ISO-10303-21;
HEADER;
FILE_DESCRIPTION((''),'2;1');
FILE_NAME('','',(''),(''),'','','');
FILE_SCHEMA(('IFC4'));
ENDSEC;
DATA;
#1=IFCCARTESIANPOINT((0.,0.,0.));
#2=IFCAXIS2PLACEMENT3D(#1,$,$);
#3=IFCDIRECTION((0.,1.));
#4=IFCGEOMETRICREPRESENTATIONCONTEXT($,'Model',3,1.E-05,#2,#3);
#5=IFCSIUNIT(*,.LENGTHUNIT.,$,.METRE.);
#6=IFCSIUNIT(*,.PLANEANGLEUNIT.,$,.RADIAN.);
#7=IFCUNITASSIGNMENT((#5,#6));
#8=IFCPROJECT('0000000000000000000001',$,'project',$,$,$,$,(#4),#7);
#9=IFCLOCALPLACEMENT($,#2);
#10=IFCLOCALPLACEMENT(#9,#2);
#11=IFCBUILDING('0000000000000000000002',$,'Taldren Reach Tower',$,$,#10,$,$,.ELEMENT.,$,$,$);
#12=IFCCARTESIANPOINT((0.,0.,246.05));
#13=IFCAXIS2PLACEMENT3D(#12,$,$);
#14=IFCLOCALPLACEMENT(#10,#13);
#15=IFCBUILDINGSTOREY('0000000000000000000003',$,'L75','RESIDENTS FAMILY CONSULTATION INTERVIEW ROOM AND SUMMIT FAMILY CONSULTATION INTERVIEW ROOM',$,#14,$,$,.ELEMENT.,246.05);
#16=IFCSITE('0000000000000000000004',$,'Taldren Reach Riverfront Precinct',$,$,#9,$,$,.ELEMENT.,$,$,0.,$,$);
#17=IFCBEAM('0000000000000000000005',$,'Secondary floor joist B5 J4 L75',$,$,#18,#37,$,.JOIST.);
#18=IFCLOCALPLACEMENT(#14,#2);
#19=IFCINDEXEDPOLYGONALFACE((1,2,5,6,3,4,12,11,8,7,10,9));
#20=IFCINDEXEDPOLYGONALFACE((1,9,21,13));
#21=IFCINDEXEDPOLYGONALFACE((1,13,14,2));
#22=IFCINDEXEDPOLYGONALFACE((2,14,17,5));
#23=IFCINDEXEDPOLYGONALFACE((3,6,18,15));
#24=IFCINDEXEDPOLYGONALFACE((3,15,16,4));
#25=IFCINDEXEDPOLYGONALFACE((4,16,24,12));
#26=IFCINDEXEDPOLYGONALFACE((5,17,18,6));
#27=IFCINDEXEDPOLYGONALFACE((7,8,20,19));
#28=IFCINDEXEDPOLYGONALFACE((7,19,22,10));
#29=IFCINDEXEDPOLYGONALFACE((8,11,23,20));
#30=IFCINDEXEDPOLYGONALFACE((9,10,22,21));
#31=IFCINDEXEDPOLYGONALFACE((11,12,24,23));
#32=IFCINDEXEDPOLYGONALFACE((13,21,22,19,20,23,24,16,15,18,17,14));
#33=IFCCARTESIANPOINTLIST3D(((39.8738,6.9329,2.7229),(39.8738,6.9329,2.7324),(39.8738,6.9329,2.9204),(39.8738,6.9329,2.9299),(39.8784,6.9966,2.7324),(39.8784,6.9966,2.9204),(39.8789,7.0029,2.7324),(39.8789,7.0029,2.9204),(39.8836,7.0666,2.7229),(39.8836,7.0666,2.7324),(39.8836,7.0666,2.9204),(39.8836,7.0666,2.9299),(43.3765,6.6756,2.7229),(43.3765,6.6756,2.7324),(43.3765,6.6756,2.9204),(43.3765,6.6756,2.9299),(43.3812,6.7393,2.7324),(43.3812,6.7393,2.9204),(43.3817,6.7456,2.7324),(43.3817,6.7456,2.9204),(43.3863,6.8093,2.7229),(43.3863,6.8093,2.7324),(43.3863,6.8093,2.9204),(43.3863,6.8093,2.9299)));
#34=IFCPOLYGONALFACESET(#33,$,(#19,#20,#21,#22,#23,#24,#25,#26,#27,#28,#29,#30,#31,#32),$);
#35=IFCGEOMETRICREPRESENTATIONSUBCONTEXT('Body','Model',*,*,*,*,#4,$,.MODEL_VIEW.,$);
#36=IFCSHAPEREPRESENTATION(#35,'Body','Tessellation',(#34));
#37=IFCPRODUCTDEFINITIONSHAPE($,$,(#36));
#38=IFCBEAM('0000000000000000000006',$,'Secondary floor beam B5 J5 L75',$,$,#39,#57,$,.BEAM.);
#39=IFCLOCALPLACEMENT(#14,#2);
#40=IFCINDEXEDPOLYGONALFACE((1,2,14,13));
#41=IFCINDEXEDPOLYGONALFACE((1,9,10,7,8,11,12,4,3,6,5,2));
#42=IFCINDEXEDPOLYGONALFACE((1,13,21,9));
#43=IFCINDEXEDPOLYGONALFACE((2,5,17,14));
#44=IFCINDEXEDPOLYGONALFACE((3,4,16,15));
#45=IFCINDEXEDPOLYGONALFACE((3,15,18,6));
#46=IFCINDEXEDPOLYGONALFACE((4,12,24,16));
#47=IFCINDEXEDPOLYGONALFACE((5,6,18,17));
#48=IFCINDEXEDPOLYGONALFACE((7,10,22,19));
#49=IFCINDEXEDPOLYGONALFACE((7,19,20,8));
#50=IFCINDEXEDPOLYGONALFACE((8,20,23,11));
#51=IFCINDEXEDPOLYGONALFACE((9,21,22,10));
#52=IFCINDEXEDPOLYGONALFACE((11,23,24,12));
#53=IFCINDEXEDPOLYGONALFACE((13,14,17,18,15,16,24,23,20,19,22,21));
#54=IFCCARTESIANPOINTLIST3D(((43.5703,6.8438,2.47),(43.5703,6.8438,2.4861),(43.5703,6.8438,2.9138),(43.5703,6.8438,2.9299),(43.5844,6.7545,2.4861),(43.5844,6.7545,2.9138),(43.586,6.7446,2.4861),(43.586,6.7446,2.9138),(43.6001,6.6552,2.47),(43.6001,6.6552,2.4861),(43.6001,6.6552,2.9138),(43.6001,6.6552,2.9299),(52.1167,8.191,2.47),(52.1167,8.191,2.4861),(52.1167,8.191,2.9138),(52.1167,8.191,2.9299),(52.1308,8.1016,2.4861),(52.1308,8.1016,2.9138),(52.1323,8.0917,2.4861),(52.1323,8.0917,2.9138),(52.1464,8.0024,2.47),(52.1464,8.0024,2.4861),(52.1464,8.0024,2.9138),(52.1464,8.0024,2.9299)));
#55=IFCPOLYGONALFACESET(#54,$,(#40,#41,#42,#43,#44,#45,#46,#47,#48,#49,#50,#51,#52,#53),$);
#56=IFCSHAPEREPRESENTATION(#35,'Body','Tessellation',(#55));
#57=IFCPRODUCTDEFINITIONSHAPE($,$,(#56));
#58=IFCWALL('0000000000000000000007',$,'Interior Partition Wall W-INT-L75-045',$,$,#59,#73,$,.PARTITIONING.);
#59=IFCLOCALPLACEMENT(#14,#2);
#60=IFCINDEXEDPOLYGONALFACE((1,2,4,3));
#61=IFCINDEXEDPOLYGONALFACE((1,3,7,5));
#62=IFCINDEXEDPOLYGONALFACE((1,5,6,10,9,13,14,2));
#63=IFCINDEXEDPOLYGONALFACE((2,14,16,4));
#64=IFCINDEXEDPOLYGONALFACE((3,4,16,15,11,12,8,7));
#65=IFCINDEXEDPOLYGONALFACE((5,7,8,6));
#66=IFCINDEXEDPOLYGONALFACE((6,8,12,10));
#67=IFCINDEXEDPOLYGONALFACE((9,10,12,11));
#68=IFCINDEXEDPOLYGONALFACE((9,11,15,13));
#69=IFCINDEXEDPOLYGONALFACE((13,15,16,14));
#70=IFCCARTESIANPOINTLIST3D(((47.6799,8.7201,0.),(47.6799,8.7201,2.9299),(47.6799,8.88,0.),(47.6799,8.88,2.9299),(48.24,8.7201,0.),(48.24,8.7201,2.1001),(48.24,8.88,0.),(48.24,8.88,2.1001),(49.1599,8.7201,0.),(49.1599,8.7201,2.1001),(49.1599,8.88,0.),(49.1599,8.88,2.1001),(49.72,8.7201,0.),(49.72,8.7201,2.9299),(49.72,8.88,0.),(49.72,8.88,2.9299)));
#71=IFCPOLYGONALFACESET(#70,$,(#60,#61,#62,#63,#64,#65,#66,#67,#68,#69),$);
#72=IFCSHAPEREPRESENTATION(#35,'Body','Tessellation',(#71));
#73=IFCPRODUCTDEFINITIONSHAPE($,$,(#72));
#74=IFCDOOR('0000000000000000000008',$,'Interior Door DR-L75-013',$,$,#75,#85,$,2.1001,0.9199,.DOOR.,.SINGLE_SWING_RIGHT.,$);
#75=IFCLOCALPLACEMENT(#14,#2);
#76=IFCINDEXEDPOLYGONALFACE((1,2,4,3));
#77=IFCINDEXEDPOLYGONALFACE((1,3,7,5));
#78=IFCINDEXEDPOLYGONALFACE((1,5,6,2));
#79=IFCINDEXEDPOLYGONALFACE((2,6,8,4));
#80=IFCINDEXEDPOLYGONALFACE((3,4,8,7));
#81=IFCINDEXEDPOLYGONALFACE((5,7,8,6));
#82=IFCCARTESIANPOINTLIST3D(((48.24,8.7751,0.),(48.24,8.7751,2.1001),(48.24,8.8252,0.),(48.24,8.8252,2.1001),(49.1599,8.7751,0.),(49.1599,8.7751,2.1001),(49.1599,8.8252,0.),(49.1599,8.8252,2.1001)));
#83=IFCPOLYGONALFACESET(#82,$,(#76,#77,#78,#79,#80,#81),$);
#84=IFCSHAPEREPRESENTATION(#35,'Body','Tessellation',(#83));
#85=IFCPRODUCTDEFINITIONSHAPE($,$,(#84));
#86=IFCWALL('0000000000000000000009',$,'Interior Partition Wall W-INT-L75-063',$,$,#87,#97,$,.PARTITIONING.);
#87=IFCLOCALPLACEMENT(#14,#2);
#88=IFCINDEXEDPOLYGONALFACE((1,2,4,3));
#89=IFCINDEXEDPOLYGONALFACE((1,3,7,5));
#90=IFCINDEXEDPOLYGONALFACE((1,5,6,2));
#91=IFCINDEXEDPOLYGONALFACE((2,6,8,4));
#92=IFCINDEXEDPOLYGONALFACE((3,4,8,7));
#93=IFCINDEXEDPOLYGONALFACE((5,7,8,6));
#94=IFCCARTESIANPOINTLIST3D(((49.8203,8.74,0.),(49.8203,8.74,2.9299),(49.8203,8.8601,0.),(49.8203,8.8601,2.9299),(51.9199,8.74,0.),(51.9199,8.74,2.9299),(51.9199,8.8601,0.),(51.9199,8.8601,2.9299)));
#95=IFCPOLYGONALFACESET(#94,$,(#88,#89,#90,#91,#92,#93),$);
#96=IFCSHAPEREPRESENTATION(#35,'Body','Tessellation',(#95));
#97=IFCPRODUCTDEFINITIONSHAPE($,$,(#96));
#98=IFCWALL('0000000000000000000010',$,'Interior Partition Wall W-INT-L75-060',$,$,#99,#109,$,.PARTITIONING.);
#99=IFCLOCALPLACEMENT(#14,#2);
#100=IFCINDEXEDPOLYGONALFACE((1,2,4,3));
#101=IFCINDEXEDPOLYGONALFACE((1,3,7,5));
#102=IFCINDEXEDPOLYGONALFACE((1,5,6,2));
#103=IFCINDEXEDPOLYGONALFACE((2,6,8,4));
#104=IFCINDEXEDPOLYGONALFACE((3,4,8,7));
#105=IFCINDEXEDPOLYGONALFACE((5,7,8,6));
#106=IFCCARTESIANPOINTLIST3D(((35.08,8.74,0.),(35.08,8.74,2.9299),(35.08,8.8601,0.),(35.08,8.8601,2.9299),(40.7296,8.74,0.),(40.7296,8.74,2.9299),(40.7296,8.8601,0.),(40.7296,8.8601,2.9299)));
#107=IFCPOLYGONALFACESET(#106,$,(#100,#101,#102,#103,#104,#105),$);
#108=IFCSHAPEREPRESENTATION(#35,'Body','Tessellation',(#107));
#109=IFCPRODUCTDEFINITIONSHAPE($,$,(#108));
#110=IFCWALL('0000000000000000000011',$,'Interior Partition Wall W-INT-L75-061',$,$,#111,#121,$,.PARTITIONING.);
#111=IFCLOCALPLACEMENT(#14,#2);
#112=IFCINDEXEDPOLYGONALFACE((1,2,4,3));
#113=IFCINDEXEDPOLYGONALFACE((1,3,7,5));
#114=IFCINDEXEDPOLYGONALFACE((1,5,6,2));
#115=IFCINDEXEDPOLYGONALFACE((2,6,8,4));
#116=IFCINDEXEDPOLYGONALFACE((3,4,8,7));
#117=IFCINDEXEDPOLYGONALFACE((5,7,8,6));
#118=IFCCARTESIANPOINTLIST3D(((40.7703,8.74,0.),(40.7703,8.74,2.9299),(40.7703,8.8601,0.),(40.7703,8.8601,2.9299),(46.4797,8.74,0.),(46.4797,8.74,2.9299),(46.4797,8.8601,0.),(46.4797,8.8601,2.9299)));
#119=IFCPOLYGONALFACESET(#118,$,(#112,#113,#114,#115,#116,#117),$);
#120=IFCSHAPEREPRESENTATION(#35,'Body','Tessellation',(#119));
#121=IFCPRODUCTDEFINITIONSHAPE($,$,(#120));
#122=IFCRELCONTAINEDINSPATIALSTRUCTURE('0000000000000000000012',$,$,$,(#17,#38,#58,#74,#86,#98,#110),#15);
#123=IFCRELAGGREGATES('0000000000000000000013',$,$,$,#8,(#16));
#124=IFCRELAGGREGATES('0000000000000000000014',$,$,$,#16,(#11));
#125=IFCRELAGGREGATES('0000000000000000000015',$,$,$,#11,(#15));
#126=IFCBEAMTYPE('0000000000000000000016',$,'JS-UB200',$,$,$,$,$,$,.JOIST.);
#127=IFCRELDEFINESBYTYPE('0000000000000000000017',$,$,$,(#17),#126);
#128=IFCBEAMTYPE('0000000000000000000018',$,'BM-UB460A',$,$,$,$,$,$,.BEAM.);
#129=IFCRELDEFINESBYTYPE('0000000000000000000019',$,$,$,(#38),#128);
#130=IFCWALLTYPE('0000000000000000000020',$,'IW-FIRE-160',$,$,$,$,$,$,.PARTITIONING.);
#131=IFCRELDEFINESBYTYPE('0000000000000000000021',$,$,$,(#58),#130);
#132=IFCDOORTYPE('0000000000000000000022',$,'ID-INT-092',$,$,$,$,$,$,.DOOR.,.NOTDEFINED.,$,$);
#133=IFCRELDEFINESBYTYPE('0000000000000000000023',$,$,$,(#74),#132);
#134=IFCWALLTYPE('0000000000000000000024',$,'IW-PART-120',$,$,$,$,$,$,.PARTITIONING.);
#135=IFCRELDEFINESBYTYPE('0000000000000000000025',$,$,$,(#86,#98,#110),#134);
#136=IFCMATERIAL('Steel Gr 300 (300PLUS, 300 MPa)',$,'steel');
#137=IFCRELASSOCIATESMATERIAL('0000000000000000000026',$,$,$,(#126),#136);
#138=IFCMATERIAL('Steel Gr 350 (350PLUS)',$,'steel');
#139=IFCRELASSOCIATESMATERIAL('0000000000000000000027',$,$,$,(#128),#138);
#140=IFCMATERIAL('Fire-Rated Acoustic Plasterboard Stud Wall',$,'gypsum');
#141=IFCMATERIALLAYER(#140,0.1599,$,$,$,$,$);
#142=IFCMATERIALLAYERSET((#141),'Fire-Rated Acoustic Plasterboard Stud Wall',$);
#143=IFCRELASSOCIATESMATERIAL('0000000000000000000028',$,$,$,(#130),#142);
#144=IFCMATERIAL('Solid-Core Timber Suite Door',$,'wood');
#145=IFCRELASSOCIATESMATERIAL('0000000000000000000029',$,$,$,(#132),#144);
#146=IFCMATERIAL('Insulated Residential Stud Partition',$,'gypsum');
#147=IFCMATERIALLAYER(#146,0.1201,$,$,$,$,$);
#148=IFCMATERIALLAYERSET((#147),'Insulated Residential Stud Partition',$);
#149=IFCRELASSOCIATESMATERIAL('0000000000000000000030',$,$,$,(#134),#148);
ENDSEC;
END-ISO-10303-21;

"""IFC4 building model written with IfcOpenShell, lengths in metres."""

from ifc_helpers import new_model, si_unit, direction, frame, frame_2d, origin, origin_2d, place, context, subcontext, project, spatial, rectangle, i_section, extrude, source, transform, mapped, material, layer, layer_set, material_profile, profile_set, type_object, element, fill, save


model = new_model("IFC4")

# Units and contexts
model_context = context("Model", 3, precision=1e-05, world=origin(), true_north=direction((0.0, 1.0)))
body_context = subcontext(model_context, "Body", "Model", "MODEL_VIEW")
ifc_project = project(units=[si_unit("LENGTHUNIT", "METRE"), si_unit("PLANEANGLEUNIT", "RADIAN")], contexts=[model_context])

# Site, building, storey
site_placement = place(None, origin())
site = spatial("IfcSite", under=ifc_project, at=site_placement, Name="Taldren Reach Riverfront Precinct", CompositionType="ELEMENT", RefElevation=0.0)
building_placement = place(site_placement, origin())
building = spatial("IfcBuilding", under=site, at=building_placement, Name="Taldren Reach Tower", CompositionType="ELEMENT")
storey_placement = place(building_placement, frame((0.0, 0.0, 246.05)))
storey = spatial("IfcBuildingStorey", under=building, at=storey_placement, Name="L75", Description="RESIDENTS FAMILY CONSULTATION INTERVIEW ROOM AND SUMMIT FAMILY CONSULTATION INTERVIEW ROOM", CompositionType="ELEMENT", Elevation=246.05)

# Shared definitions
ifc_material_1 = material(Name="Steel Gr 350 (350PLUS)", Category="steel")

# Beams
ifc_material_2 = material(Name="Steel Gr 300 (300PLUS, 300 MPa)", Category="steel")
ifc_material_profile_1 = material_profile(ifc_material_2, i_section(OverallWidth=0.134, OverallDepth=0.207, WebThickness=0.0063, FlangeThickness=0.0095, at=origin_2d()), Name="200UB29.8")
ifc_profile_set_1 = profile_set([ifc_material_profile_1], Name="Steel Gr 300 (300PLUS, 300 MPa)")
beam_type_1 = type_object("IfcBeamType", Name="JS-UB200", PredefinedType="JOIST", material=ifc_profile_set_1)
shared_shape_1 = source(origin(), body_context, "Body", "SweptSolid", [
    extrude(i_section(OverallWidth=0.134, OverallDepth=0.207, WebThickness=0.0063, FlangeThickness=0.0095, at=origin_2d()), origin(), (0.0, 0.0, 1.0), 3.5122),
])
beam_1_placement = place(storey_placement, frame((39.8787, 6.9998, 2.8264), z_axis=(0.997312, -0.073267, 0.0), x_axis=(0.073267, 0.997312, 0.0)))
element("IfcBeam", 1, at=beam_1_placement, inside=storey, type_object=beam_type_1, Name="Secondary floor joist B5 J4 L75", PredefinedType="JOIST", context=body_context, shape_type="MappedRepresentation", body=[
    mapped(shared_shape_1, transform((0.0, 0.0, 0.0), scale=1.0)),
])
ifc_material_profile_2 = material_profile(ifc_material_1, i_section(OverallWidth=0.1909, OverallDepth=0.46, WebThickness=0.01, FlangeThickness=0.0161, at=origin_2d()), Name="460UB82.1")
ifc_profile_set_2 = profile_set([ifc_material_profile_2], Name="Steel Gr 350 (350PLUS)")
beam_type_2 = type_object("IfcBeamType", Name="BM-UB460A", PredefinedType="BEAM", material=ifc_profile_set_2)
shared_shape_2 = source(origin(), body_context, "Body", "SweptSolid", [
    extrude(i_section(OverallWidth=0.1909, OverallDepth=0.46, WebThickness=0.01, FlangeThickness=0.0161, at=origin_2d()), origin(), (0.0, 0.0, 1.0), 8.6519),
])
beam_2_placement = place(storey_placement, frame((43.5852, 6.7495, 2.7), z_axis=(0.987803, 0.155708, 0.0), x_axis=(-0.155708, 0.987803, 0.0)))
element("IfcBeam", 2, at=beam_2_placement, inside=storey, type_object=beam_type_2, Name="Secondary floor beam B5 J5 L75", PredefinedType="BEAM", context=body_context, shape_type="MappedRepresentation", body=[
    mapped(shared_shape_2, transform((0.0, 0.0, 0.0), scale=1.0)),
])

# Wall, opening, door
ifc_material_3 = material(Name="Fire-Rated Acoustic Plasterboard Stud Wall", Category="gypsum")
ifc_layer_1 = layer(ifc_material_3, 0.1599)
ifc_layer_set_1 = layer_set([ifc_layer_1], Name="Fire-Rated Acoustic Plasterboard Stud Wall")
wall_type_1 = type_object("IfcWallType", Name="IW-FIRE-160", PredefinedType="PARTITIONING", material=ifc_layer_set_1)
shared_shape_3 = source(origin(), body_context, "Body", "SweptSolid", [
    extrude(rectangle(XDim=2.04, YDim=0.1599, at=frame_2d((1.02, 0.0))), origin(), (0.0, 0.0, 1.0), 2.9299),
])
wall_1_placement = place(storey_placement, frame((49.72, 8.8, 0.0), z_axis=(0.0, 0.0, 1.0), x_axis=(-1.0, 0.0, 0.0)))
wall_1 = element("IfcWall", 3, at=wall_1_placement, inside=storey, type_object=wall_type_1, Name="Interior Partition Wall W-INT-L75-045", PredefinedType="PARTITIONING", context=body_context, shape_type="MappedRepresentation", body=[
    mapped(shared_shape_3, transform((0.0, 0.0, 0.0), scale=1.0)),
])
shared_shape_4 = source(origin(), body_context, "Body", "SweptSolid", [
    extrude(rectangle(XDim=0.9199, YDim=2.1001, at=frame_2d((0.46, 1.05))), frame((0.0, 0.0898, 0.0), z_axis=(0.0, -1.0, 0.0), x_axis=(1.0, 0.0, 0.0)), (0.0, 0.0, 1.0), 0.1799),
])
opening_placement = place(wall_1_placement, frame((0.5601, 0.0, 0.0)))
opening = element("IfcOpeningElement", 4, at=opening_placement, cuts=wall_1, PredefinedType="OPENING", context=body_context, shape_type="MappedRepresentation", body=[
    mapped(shared_shape_4, transform((0.0, 0.0, 0.0), scale=1.0)),
])
ifc_material_4 = material(Name="Solid-Core Timber Suite Door", Category="wood")
door_type = type_object("IfcDoorType", Name="ID-INT-092", OperationType="NOTDEFINED", PredefinedType="DOOR", material=ifc_material_4)
shared_shape_5 = source(origin(), body_context, "Body", "SweptSolid", [
    extrude(rectangle(XDim=0.9199, YDim=2.1001, at=frame_2d((0.46, 1.05))), frame((0.0, 0.0249, 0.0), z_axis=(0.0, -1.0, 0.0), x_axis=(1.0, 0.0, 0.0)), (0.0, 0.0, 1.0), 0.05),
])
door_placement = place(opening_placement, origin())
door = element("IfcDoor", 5, at=door_placement, inside=storey, type_object=door_type, Name="Interior Door DR-L75-013", OperationType="SINGLE_SWING_RIGHT", OverallHeight=2.1001, OverallWidth=0.9199, PredefinedType="DOOR", context=body_context, shape_type="MappedRepresentation", body=[
    mapped(shared_shape_5, transform((0.0, 0.0, 0.0), scale=1.0)),
])
fill(opening, door)

# Walls
ifc_material_5 = material(Name="Insulated Residential Stud Partition", Category="gypsum")
ifc_layer_2 = layer(ifc_material_5, 0.1201)
ifc_layer_set_2 = layer_set([ifc_layer_2], Name="Insulated Residential Stud Partition")
wall_type_2 = type_object("IfcWallType", Name="IW-PART-120", PredefinedType="PARTITIONING", material=ifc_layer_set_2)
shared_shape_6 = source(origin(), body_context, "Body", "SweptSolid", [
    extrude(rectangle(XDim=2.0996, YDim=0.1201, at=frame_2d((1.0498, 0.0))), origin(), (0.0, 0.0, 1.0), 2.9299),
])
wall_2_placement = place(storey_placement, frame((49.8203, 8.8, 0.0), z_axis=(0.0, 0.0, 1.0), x_axis=(1.0, 0.0, 0.0)))
element("IfcWall", 6, at=wall_2_placement, inside=storey, type_object=wall_type_2, Name="Interior Partition Wall W-INT-L75-063", PredefinedType="PARTITIONING", context=body_context, shape_type="MappedRepresentation", body=[
    mapped(shared_shape_6, transform((0.0, 0.0, 0.0), scale=1.0)),
])
shared_shape_7 = source(origin(), body_context, "Body", "SweptSolid", [
    extrude(rectangle(XDim=5.6497, YDim=0.1201, at=frame_2d((2.8247, 0.0))), origin(), (0.0, 0.0, 1.0), 2.9299),
])
wall_3_placement = place(storey_placement, frame((35.0801, 8.8, 0.0), z_axis=(0.0, 0.0, 1.0), x_axis=(1.0, 0.0, 0.0)))
element("IfcWall", 7, at=wall_3_placement, inside=storey, type_object=wall_type_2, Name="Interior Partition Wall W-INT-L75-060", PredefinedType="PARTITIONING", context=body_context, shape_type="MappedRepresentation", body=[
    mapped(shared_shape_7, transform((0.0, 0.0, 0.0), scale=1.0)),
])
shared_shape_8 = source(origin(), body_context, "Body", "SweptSolid", [
    extrude(rectangle(XDim=5.7095, YDim=0.1201, at=frame_2d((2.8547, 0.0))), origin(), (0.0, 0.0, 1.0), 2.9299),
])
wall_4_placement = place(storey_placement, frame((40.7703, 8.8, 0.0), z_axis=(0.0, 0.0, 1.0), x_axis=(1.0, 0.0, 0.0)))
element("IfcWall", 8, at=wall_4_placement, inside=storey, type_object=wall_type_2, Name="Interior Partition Wall W-INT-L75-061", PredefinedType="PARTITIONING", context=body_context, shape_type="MappedRepresentation", body=[
    mapped(shared_shape_8, transform((0.0, 0.0, 0.0), scale=1.0)),
])

save(model, "model.ifc")
